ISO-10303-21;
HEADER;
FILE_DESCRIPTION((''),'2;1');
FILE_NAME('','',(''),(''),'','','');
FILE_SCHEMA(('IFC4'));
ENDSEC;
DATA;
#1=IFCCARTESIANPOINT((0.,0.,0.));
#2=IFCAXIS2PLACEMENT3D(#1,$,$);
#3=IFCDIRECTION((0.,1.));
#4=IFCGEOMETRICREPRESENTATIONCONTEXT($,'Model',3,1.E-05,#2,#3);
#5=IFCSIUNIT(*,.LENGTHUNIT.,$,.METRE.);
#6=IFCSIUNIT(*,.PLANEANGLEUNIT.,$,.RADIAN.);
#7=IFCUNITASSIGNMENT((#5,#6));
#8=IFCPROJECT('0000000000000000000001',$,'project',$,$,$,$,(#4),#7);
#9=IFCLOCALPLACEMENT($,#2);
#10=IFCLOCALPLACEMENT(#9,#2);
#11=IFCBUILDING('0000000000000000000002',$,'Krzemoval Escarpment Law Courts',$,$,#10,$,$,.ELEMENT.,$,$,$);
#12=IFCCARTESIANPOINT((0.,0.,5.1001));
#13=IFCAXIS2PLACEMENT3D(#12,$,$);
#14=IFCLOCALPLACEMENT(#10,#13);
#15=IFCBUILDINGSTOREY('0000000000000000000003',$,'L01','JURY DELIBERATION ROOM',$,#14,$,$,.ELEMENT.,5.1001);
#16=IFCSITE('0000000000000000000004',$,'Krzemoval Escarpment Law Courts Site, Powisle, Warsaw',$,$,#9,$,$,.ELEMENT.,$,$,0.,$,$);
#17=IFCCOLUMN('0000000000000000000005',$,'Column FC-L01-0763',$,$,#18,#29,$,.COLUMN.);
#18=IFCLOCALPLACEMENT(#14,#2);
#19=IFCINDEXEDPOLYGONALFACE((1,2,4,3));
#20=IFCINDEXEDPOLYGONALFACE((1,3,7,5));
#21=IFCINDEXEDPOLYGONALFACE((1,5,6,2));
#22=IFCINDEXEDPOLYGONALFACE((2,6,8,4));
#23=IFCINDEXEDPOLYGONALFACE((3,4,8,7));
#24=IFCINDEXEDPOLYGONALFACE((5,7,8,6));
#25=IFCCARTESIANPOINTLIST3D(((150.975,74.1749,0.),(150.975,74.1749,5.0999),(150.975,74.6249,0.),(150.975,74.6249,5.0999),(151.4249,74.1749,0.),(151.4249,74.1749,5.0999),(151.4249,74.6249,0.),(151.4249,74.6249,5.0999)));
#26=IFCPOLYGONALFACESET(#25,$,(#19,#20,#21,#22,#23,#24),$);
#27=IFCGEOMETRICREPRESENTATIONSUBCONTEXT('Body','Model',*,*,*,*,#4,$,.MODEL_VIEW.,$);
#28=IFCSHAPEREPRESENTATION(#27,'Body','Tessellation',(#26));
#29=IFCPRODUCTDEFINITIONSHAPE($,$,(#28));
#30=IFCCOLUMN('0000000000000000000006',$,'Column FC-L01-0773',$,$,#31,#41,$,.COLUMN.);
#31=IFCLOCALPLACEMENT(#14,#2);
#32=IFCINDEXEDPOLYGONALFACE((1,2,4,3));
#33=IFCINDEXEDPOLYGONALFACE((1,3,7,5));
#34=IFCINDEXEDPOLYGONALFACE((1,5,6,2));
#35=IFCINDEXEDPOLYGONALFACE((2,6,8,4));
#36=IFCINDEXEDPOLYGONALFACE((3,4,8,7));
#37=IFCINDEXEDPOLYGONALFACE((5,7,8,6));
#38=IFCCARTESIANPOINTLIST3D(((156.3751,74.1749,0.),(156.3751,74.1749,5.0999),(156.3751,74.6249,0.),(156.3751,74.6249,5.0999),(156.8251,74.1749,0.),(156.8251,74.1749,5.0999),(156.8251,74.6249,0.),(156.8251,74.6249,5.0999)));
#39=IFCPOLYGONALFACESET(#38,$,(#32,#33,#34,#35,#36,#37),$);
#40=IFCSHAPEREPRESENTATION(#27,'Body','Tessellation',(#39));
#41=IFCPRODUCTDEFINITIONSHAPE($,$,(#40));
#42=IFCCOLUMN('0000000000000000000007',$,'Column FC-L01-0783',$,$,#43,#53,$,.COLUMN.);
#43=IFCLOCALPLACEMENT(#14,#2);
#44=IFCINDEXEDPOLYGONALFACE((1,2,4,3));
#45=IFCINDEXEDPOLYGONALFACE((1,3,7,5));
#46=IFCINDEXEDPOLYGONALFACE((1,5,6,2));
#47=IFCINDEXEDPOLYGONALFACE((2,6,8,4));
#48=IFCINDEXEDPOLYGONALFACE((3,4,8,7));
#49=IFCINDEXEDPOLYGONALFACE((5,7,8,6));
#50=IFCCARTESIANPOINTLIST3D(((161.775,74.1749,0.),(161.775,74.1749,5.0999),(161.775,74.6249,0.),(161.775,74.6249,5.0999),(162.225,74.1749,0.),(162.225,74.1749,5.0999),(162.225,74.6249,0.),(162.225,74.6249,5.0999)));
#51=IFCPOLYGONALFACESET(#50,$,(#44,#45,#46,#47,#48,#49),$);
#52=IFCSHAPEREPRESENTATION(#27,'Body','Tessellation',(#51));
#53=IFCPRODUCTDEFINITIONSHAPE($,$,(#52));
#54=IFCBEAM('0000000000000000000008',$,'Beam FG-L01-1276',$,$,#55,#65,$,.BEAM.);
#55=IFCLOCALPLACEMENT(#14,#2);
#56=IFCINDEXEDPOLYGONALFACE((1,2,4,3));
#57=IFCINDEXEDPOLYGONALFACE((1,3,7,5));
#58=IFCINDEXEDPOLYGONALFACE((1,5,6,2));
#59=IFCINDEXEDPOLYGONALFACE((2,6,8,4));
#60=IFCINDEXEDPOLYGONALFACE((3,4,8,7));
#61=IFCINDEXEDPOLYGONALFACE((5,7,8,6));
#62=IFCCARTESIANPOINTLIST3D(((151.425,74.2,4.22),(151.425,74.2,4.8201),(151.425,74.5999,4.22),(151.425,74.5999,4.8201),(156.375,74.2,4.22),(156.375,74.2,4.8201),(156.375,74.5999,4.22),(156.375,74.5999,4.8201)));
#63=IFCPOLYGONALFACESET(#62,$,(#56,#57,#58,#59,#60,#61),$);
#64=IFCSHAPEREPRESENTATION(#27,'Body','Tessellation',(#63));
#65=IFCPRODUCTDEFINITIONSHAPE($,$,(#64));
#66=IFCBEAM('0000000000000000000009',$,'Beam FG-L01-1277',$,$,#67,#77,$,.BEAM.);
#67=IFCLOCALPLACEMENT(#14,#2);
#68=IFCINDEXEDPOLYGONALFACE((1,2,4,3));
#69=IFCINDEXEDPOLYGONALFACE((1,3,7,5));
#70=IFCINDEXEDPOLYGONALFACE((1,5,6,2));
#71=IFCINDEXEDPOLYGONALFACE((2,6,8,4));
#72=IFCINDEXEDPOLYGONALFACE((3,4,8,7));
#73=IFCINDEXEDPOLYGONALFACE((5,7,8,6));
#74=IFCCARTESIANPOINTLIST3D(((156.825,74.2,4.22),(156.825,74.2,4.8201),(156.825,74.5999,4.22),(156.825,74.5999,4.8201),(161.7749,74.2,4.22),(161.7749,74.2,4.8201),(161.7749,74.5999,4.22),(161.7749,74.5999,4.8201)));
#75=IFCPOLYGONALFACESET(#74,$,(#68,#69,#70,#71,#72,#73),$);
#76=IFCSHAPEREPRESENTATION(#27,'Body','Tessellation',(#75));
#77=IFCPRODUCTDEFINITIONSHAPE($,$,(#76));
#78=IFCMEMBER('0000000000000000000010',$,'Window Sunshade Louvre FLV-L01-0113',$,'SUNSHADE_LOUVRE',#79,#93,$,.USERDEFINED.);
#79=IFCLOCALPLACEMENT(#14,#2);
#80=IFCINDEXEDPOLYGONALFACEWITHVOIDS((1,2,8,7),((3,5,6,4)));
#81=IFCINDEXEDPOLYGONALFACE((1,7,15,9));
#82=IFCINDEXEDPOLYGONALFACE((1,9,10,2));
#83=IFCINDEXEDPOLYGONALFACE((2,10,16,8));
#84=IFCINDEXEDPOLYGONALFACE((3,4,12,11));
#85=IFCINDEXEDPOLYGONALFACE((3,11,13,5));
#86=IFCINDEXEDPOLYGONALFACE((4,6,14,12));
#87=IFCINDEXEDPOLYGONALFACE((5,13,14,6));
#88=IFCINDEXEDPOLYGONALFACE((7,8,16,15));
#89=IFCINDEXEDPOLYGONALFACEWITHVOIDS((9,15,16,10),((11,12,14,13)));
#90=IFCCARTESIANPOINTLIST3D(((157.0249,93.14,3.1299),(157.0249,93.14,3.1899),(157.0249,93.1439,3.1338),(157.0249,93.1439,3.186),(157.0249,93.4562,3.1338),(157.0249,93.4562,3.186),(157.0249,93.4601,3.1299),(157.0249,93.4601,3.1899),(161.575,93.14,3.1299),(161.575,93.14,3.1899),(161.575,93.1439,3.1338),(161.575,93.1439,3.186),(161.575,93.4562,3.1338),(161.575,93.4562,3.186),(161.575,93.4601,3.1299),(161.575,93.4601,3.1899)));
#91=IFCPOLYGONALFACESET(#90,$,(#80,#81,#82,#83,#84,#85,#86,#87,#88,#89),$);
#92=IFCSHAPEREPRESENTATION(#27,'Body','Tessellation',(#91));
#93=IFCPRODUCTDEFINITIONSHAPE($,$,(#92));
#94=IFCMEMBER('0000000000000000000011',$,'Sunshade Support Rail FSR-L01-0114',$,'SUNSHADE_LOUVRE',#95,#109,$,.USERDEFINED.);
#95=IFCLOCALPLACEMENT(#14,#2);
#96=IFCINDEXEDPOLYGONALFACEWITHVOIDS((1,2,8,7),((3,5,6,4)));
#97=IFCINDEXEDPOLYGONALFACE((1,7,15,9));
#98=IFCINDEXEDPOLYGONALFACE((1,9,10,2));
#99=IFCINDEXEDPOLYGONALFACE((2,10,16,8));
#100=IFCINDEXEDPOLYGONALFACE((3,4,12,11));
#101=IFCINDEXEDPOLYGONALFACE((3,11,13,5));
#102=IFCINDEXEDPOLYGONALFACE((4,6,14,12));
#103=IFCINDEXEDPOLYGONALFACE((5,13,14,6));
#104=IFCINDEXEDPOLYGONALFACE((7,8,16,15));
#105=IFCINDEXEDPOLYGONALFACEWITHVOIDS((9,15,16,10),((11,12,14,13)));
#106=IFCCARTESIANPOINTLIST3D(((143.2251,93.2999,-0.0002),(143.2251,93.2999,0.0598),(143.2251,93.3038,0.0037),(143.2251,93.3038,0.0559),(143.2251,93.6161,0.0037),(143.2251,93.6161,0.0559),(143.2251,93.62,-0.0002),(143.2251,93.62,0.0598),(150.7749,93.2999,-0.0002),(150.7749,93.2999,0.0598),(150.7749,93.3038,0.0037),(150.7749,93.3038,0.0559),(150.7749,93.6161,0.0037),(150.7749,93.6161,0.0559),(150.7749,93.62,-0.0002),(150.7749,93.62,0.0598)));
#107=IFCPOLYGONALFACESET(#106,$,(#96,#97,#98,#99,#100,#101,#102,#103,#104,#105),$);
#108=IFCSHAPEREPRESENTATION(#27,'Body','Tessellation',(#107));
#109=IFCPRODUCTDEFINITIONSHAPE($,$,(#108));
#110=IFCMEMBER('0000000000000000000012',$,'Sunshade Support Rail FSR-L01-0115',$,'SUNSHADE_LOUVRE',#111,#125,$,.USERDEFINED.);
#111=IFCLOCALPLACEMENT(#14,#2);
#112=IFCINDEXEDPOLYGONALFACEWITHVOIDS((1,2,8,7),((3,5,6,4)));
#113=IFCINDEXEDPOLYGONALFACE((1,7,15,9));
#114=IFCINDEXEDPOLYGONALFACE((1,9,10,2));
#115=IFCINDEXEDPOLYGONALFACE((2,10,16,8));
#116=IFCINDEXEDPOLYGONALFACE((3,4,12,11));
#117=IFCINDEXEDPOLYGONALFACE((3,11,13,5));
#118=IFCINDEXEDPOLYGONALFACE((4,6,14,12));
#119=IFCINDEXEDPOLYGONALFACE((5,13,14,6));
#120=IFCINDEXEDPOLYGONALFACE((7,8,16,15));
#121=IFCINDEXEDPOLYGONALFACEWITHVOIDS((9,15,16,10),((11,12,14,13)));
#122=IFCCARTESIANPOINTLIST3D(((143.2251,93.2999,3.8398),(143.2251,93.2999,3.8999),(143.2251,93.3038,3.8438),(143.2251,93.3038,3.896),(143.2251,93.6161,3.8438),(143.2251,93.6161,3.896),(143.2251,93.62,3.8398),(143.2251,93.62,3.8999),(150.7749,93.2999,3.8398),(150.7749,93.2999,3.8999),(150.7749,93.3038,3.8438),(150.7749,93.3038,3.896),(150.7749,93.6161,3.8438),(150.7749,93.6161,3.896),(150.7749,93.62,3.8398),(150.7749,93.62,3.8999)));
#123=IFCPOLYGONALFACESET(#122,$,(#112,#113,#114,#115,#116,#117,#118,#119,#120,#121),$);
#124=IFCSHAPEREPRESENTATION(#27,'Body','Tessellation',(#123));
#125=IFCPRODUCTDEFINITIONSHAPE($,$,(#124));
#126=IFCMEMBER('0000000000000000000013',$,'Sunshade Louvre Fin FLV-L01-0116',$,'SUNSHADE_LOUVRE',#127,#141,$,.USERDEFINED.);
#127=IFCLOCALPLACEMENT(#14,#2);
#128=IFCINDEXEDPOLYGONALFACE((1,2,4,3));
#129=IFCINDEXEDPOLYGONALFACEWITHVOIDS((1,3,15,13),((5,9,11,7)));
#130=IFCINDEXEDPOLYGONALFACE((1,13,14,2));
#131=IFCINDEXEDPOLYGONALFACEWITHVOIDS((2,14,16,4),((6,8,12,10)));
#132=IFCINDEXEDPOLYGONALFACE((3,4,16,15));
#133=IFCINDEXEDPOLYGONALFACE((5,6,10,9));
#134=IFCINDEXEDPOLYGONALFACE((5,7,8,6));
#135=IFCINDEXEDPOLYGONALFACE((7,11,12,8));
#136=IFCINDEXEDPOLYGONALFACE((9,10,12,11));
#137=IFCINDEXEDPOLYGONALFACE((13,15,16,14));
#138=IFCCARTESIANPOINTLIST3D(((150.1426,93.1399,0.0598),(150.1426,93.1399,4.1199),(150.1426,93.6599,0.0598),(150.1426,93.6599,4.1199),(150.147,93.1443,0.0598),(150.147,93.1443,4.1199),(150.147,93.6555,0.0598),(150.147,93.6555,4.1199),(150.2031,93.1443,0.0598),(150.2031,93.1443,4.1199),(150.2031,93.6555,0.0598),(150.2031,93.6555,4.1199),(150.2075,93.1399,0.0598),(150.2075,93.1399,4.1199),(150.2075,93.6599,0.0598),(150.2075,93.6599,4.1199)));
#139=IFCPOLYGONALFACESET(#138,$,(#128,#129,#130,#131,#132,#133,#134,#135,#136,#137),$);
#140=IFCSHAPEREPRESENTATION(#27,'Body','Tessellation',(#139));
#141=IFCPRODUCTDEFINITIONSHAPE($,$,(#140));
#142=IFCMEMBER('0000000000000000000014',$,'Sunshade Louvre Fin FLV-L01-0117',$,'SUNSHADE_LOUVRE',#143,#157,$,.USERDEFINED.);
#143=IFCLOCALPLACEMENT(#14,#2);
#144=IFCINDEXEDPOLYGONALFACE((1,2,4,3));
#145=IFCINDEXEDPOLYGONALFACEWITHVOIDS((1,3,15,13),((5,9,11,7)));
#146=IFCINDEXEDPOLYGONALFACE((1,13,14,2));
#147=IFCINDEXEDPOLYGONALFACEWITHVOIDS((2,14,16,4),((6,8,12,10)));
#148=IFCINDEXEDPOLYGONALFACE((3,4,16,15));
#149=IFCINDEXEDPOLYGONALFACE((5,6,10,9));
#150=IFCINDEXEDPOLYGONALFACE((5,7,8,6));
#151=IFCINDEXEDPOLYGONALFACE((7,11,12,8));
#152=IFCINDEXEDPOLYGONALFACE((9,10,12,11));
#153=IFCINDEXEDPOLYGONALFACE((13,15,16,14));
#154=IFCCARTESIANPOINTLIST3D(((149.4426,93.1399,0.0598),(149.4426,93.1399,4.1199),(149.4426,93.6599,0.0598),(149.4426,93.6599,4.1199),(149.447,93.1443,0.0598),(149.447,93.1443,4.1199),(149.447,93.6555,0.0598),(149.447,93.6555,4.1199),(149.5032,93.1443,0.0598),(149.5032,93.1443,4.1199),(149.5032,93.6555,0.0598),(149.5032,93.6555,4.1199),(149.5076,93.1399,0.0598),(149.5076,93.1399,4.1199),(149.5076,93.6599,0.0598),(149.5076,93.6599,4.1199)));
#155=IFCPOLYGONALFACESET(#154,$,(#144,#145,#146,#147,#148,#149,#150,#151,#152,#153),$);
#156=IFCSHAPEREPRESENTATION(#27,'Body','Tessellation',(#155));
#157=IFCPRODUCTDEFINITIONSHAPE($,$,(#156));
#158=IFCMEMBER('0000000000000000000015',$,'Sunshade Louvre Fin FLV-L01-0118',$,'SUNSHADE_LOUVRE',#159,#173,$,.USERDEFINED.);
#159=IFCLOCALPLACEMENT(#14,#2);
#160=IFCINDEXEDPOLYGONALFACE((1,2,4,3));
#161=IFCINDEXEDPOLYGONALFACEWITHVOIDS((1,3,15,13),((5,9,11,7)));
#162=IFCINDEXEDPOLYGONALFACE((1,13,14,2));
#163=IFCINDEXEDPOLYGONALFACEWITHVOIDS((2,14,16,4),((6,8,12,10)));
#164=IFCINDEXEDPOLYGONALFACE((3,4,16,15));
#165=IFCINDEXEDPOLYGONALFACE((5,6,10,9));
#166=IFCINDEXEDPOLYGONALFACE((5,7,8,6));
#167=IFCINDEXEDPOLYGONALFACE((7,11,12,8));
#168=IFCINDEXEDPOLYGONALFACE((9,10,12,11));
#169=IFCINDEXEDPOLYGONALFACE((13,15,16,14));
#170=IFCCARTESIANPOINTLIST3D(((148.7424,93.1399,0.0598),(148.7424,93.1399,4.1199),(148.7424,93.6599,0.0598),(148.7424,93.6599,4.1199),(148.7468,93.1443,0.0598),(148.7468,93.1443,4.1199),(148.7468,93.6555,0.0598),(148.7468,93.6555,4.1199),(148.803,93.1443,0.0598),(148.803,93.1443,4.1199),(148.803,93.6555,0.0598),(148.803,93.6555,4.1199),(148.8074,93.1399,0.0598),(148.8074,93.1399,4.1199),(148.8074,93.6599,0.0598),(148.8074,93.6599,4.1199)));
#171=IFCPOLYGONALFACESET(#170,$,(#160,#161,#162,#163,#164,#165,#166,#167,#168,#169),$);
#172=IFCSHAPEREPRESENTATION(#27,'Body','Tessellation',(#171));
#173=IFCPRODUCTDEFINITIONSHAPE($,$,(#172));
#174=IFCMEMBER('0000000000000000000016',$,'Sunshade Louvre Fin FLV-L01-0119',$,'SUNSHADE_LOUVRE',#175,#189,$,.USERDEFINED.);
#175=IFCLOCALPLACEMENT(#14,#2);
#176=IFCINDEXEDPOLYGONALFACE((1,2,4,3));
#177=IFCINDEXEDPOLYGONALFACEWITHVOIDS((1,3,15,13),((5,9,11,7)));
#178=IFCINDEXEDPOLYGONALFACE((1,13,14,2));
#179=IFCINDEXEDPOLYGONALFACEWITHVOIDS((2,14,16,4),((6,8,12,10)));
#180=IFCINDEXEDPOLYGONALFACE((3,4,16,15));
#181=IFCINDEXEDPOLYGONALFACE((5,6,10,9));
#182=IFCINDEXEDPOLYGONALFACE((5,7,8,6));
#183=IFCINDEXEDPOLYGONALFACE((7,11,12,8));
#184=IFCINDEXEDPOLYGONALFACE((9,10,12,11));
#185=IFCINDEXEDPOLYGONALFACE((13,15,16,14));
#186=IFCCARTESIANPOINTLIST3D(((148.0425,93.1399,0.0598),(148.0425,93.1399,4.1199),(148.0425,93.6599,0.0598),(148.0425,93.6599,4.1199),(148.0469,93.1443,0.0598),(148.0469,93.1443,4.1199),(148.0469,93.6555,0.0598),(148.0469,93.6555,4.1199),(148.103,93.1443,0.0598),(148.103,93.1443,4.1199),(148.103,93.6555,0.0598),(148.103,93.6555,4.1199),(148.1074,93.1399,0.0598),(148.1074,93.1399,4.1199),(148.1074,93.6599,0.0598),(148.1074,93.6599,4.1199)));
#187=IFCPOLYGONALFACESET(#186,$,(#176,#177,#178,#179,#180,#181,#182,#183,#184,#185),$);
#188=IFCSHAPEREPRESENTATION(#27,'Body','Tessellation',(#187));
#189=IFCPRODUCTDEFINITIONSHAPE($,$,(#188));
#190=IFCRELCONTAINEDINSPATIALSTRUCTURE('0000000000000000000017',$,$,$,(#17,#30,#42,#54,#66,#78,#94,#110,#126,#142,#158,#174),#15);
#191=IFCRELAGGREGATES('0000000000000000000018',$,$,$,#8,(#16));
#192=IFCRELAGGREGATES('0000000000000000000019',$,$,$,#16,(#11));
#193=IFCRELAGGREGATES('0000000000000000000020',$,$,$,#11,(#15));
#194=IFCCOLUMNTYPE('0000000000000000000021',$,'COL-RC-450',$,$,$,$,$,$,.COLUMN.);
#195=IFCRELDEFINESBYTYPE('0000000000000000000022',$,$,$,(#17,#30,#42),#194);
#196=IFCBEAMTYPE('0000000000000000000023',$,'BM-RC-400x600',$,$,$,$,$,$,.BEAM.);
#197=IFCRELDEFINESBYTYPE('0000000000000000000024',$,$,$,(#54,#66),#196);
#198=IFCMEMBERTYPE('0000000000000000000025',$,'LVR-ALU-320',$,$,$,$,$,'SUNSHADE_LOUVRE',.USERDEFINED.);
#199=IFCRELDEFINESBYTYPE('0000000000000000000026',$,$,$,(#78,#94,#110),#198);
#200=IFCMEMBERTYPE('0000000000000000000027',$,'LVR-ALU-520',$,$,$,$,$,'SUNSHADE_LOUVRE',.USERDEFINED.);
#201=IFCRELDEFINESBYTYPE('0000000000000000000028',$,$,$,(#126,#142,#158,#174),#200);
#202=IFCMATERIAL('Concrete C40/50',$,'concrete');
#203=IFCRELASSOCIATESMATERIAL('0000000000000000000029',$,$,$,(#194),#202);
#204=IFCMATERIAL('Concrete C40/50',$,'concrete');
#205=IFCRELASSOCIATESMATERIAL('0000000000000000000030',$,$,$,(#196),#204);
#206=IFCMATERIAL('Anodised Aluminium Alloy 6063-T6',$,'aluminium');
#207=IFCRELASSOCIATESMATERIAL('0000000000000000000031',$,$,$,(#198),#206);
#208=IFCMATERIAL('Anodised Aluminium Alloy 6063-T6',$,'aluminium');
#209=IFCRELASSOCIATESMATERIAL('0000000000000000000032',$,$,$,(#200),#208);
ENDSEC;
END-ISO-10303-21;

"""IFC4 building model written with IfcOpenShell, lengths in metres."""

from ifc_helpers import new_model, si_unit, direction, frame, origin, origin_2d, place, context, subcontext, project, spatial, rectangle, hollow_rectangle, extrude, material, material_profile, profile_set, type_object, element, save


model = new_model("IFC4")

# Units and contexts
model_context = context("Model", 3, precision=1e-05, world=origin(), true_north=direction((0.0, 1.0)))
body_context = subcontext(model_context, "Body", "Model", "MODEL_VIEW")
ifc_project = project(units=[si_unit("LENGTHUNIT", "METRE"), si_unit("PLANEANGLEUNIT", "RADIAN")], contexts=[model_context])

# Site, building, storey
site_placement = place(None, origin())
site = spatial("IfcSite", under=ifc_project, at=site_placement, Name="Krzemoval Escarpment Law Courts Site, Powisle, Warsaw", CompositionType="ELEMENT", RefElevation=0.0)
building_placement = place(site_placement, origin())
building = spatial("IfcBuilding", under=site, at=building_placement, Name="Krzemoval Escarpment Law Courts", CompositionType="ELEMENT")
storey_placement = place(building_placement, frame((0.0, 0.0, 5.1001)))
storey = spatial("IfcBuildingStorey", under=building, at=storey_placement, Name="L01", Description="JURY DELIBERATION ROOM", CompositionType="ELEMENT", Elevation=5.1001)

# Columns
ifc_material_1 = material(Name="Concrete C40/50", Category="concrete")
ifc_material_profile_1 = material_profile(ifc_material_1, rectangle(XDim=0.45, YDim=0.45, at=origin_2d()), Name="RC 450x450")
ifc_profile_set_1 = profile_set([ifc_material_profile_1], Name="Concrete C40/50")
column_type = type_object("IfcColumnType", Name="COL-RC-450", PredefinedType="COLUMN", material=ifc_profile_set_1)
for number, where, z_axis, x_axis, name in (
    (1, (151.2, 74.3999, 0.0), (0.0, 0.0, 1.0), (1.0, 0.0, 0.0), "Column FC-L01-0763"),
    (2, (156.6001, 74.3999, 0.0), (0.0, 0.0, 1.0), (1.0, 0.0, 0.0), "Column FC-L01-0773"),
    (3, (162.0, 74.3999, 0.0), (0.0, 0.0, 1.0), (1.0, 0.0, 0.0), "Column FC-L01-0783"),
):
    element("IfcColumn", number, at=place(storey_placement, frame(where, z_axis=z_axis, x_axis=x_axis)), inside=storey, type_object=column_type, Name=name, PredefinedType="COLUMN", context=body_context, shape_type="SweptSolid", body=[
        extrude(rectangle(XDim=0.45, YDim=0.45, at=origin_2d()), origin(), (0.0, 0.0, 1.0), 5.0999),
    ])

# Beams
ifc_material_2 = material(Name="Concrete C40/50", Category="concrete")
ifc_material_profile_2 = material_profile(ifc_material_2, rectangle(XDim=0.3999, YDim=0.6001, at=origin_2d()), Name="RCB 400x600")
ifc_profile_set_2 = profile_set([ifc_material_profile_2], Name="Concrete C40/50")
beam_type = type_object("IfcBeamType", Name="BM-RC-400x600", PredefinedType="BEAM", material=ifc_profile_set_2)
for number, where, z_axis, x_axis, name in (
    (4, (151.425, 74.3999, 4.52), (1.0, 0.0, 0.0), (0.0, 1.0, 0.0), "Beam FG-L01-1276"),
    (5, (156.825, 74.3999, 4.52), (1.0, 0.0, 0.0), (0.0, 1.0, 0.0), "Beam FG-L01-1277"),
):
    element("IfcBeam", number, at=place(storey_placement, frame(where, z_axis=z_axis, x_axis=x_axis)), inside=storey, type_object=beam_type, Name=name, PredefinedType="BEAM", context=body_context, shape_type="SweptSolid", body=[
        extrude(rectangle(XDim=0.3999, YDim=0.6001, at=origin_2d()), origin(), (0.0, 0.0, 1.0), 4.95),
    ])

# Members
ifc_material_3 = material(Name="Anodised Aluminium Alloy 6063-T6", Category="aluminium")
ifc_material_profile_3 = material_profile(ifc_material_3, hollow_rectangle(XDim=0.0601, YDim=0.3201, WallThickness=0.0039, at=origin_2d()), Name="ALU LVR 60x320")
ifc_profile_set_3 = profile_set([ifc_material_profile_3], Name="Anodised Aluminium Alloy 6063-T6")
member_type_1 = type_object("IfcMemberType", Name="LVR-ALU-320", ElementType="SUNSHADE_LOUVRE", PredefinedType="USERDEFINED", material=ifc_profile_set_3)
member_placement = place(storey_placement, frame((161.575, 93.3, 3.1599), z_axis=(-1.0, 0.0, 0.0), x_axis=(0.0, 0.0, 1.0)))
element("IfcMember", 6, at=member_placement, inside=storey, type_object=member_type_1, Name="Window Sunshade Louvre FLV-L01-0113", ObjectType="SUNSHADE_LOUVRE", PredefinedType="USERDEFINED", context=body_context, shape_type="SweptSolid", body=[
    extrude(hollow_rectangle(XDim=0.0601, YDim=0.3201, WallThickness=0.0039, at=origin_2d()), origin(), (0.0, 0.0, 1.0), 4.55),
])
for number, where, z_axis, x_axis, name in (
    (7, (150.7749, 93.46, 0.0298), (-1.0, 0.0, 0.0), (0.0, 0.0, 1.0), "Sunshade Support Rail FSR-L01-0114"),
    (8, (150.7749, 93.46, 3.8699), (-1.0, 0.0, 0.0), (0.0, 0.0, 1.0), "Sunshade Support Rail FSR-L01-0115"),
):
    element("IfcMember", number, at=place(storey_placement, frame(where, z_axis=z_axis, x_axis=x_axis)), inside=storey, type_object=member_type_1, Name=name, ObjectType="SUNSHADE_LOUVRE", PredefinedType="USERDEFINED", context=body_context, shape_type="SweptSolid", body=[
        extrude(hollow_rectangle(XDim=0.0601, YDim=0.3201, WallThickness=0.0039, at=origin_2d()), origin(), (0.0, 0.0, 1.0), 7.5498),
    ])
ifc_material_4 = material(Name="Anodised Aluminium Alloy 6063-T6", Category="aluminium")
ifc_material_profile_4 = material_profile(ifc_material_4, hollow_rectangle(XDim=0.0649, YDim=0.52, WallThickness=0.0044, at=origin_2d()), Name="ALU LVR 65x520")
ifc_profile_set_4 = profile_set([ifc_material_profile_4], Name="Anodised Aluminium Alloy 6063-T6")
member_type_2 = type_object("IfcMemberType", Name="LVR-ALU-520", ElementType="SUNSHADE_LOUVRE", PredefinedType="USERDEFINED", material=ifc_profile_set_4)
for number, where, z_axis, x_axis, name in (
    (9, (150.175, 93.3999, 0.0598), (0.0, 0.0, 1.0), (1.0, 0.0, 0.0), "Sunshade Louvre Fin FLV-L01-0116"),
    (10, (149.4751, 93.3999, 0.0598), (0.0, 0.0, 1.0), (1.0, 0.0, 0.0), "Sunshade Louvre Fin FLV-L01-0117"),
    (11, (148.7749, 93.3999, 0.0598), (0.0, 0.0, 1.0), (1.0, 0.0, 0.0), "Sunshade Louvre Fin FLV-L01-0118"),
    (12, (148.075, 93.3999, 0.0598), (0.0, 0.0, 1.0), (1.0, 0.0, 0.0), "Sunshade Louvre Fin FLV-L01-0119"),
):
    element("IfcMember", number, at=place(storey_placement, frame(where, z_axis=z_axis, x_axis=x_axis)), inside=storey, type_object=member_type_2, Name=name, ObjectType="SUNSHADE_LOUVRE", PredefinedType="USERDEFINED", context=body_context, shape_type="SweptSolid", body=[
        extrude(hollow_rectangle(XDim=0.0649, YDim=0.52, WallThickness=0.0044, at=origin_2d()), origin(), (0.0, 0.0, 1.0), 4.0601),
    ])

save(model, "model.ifc")
